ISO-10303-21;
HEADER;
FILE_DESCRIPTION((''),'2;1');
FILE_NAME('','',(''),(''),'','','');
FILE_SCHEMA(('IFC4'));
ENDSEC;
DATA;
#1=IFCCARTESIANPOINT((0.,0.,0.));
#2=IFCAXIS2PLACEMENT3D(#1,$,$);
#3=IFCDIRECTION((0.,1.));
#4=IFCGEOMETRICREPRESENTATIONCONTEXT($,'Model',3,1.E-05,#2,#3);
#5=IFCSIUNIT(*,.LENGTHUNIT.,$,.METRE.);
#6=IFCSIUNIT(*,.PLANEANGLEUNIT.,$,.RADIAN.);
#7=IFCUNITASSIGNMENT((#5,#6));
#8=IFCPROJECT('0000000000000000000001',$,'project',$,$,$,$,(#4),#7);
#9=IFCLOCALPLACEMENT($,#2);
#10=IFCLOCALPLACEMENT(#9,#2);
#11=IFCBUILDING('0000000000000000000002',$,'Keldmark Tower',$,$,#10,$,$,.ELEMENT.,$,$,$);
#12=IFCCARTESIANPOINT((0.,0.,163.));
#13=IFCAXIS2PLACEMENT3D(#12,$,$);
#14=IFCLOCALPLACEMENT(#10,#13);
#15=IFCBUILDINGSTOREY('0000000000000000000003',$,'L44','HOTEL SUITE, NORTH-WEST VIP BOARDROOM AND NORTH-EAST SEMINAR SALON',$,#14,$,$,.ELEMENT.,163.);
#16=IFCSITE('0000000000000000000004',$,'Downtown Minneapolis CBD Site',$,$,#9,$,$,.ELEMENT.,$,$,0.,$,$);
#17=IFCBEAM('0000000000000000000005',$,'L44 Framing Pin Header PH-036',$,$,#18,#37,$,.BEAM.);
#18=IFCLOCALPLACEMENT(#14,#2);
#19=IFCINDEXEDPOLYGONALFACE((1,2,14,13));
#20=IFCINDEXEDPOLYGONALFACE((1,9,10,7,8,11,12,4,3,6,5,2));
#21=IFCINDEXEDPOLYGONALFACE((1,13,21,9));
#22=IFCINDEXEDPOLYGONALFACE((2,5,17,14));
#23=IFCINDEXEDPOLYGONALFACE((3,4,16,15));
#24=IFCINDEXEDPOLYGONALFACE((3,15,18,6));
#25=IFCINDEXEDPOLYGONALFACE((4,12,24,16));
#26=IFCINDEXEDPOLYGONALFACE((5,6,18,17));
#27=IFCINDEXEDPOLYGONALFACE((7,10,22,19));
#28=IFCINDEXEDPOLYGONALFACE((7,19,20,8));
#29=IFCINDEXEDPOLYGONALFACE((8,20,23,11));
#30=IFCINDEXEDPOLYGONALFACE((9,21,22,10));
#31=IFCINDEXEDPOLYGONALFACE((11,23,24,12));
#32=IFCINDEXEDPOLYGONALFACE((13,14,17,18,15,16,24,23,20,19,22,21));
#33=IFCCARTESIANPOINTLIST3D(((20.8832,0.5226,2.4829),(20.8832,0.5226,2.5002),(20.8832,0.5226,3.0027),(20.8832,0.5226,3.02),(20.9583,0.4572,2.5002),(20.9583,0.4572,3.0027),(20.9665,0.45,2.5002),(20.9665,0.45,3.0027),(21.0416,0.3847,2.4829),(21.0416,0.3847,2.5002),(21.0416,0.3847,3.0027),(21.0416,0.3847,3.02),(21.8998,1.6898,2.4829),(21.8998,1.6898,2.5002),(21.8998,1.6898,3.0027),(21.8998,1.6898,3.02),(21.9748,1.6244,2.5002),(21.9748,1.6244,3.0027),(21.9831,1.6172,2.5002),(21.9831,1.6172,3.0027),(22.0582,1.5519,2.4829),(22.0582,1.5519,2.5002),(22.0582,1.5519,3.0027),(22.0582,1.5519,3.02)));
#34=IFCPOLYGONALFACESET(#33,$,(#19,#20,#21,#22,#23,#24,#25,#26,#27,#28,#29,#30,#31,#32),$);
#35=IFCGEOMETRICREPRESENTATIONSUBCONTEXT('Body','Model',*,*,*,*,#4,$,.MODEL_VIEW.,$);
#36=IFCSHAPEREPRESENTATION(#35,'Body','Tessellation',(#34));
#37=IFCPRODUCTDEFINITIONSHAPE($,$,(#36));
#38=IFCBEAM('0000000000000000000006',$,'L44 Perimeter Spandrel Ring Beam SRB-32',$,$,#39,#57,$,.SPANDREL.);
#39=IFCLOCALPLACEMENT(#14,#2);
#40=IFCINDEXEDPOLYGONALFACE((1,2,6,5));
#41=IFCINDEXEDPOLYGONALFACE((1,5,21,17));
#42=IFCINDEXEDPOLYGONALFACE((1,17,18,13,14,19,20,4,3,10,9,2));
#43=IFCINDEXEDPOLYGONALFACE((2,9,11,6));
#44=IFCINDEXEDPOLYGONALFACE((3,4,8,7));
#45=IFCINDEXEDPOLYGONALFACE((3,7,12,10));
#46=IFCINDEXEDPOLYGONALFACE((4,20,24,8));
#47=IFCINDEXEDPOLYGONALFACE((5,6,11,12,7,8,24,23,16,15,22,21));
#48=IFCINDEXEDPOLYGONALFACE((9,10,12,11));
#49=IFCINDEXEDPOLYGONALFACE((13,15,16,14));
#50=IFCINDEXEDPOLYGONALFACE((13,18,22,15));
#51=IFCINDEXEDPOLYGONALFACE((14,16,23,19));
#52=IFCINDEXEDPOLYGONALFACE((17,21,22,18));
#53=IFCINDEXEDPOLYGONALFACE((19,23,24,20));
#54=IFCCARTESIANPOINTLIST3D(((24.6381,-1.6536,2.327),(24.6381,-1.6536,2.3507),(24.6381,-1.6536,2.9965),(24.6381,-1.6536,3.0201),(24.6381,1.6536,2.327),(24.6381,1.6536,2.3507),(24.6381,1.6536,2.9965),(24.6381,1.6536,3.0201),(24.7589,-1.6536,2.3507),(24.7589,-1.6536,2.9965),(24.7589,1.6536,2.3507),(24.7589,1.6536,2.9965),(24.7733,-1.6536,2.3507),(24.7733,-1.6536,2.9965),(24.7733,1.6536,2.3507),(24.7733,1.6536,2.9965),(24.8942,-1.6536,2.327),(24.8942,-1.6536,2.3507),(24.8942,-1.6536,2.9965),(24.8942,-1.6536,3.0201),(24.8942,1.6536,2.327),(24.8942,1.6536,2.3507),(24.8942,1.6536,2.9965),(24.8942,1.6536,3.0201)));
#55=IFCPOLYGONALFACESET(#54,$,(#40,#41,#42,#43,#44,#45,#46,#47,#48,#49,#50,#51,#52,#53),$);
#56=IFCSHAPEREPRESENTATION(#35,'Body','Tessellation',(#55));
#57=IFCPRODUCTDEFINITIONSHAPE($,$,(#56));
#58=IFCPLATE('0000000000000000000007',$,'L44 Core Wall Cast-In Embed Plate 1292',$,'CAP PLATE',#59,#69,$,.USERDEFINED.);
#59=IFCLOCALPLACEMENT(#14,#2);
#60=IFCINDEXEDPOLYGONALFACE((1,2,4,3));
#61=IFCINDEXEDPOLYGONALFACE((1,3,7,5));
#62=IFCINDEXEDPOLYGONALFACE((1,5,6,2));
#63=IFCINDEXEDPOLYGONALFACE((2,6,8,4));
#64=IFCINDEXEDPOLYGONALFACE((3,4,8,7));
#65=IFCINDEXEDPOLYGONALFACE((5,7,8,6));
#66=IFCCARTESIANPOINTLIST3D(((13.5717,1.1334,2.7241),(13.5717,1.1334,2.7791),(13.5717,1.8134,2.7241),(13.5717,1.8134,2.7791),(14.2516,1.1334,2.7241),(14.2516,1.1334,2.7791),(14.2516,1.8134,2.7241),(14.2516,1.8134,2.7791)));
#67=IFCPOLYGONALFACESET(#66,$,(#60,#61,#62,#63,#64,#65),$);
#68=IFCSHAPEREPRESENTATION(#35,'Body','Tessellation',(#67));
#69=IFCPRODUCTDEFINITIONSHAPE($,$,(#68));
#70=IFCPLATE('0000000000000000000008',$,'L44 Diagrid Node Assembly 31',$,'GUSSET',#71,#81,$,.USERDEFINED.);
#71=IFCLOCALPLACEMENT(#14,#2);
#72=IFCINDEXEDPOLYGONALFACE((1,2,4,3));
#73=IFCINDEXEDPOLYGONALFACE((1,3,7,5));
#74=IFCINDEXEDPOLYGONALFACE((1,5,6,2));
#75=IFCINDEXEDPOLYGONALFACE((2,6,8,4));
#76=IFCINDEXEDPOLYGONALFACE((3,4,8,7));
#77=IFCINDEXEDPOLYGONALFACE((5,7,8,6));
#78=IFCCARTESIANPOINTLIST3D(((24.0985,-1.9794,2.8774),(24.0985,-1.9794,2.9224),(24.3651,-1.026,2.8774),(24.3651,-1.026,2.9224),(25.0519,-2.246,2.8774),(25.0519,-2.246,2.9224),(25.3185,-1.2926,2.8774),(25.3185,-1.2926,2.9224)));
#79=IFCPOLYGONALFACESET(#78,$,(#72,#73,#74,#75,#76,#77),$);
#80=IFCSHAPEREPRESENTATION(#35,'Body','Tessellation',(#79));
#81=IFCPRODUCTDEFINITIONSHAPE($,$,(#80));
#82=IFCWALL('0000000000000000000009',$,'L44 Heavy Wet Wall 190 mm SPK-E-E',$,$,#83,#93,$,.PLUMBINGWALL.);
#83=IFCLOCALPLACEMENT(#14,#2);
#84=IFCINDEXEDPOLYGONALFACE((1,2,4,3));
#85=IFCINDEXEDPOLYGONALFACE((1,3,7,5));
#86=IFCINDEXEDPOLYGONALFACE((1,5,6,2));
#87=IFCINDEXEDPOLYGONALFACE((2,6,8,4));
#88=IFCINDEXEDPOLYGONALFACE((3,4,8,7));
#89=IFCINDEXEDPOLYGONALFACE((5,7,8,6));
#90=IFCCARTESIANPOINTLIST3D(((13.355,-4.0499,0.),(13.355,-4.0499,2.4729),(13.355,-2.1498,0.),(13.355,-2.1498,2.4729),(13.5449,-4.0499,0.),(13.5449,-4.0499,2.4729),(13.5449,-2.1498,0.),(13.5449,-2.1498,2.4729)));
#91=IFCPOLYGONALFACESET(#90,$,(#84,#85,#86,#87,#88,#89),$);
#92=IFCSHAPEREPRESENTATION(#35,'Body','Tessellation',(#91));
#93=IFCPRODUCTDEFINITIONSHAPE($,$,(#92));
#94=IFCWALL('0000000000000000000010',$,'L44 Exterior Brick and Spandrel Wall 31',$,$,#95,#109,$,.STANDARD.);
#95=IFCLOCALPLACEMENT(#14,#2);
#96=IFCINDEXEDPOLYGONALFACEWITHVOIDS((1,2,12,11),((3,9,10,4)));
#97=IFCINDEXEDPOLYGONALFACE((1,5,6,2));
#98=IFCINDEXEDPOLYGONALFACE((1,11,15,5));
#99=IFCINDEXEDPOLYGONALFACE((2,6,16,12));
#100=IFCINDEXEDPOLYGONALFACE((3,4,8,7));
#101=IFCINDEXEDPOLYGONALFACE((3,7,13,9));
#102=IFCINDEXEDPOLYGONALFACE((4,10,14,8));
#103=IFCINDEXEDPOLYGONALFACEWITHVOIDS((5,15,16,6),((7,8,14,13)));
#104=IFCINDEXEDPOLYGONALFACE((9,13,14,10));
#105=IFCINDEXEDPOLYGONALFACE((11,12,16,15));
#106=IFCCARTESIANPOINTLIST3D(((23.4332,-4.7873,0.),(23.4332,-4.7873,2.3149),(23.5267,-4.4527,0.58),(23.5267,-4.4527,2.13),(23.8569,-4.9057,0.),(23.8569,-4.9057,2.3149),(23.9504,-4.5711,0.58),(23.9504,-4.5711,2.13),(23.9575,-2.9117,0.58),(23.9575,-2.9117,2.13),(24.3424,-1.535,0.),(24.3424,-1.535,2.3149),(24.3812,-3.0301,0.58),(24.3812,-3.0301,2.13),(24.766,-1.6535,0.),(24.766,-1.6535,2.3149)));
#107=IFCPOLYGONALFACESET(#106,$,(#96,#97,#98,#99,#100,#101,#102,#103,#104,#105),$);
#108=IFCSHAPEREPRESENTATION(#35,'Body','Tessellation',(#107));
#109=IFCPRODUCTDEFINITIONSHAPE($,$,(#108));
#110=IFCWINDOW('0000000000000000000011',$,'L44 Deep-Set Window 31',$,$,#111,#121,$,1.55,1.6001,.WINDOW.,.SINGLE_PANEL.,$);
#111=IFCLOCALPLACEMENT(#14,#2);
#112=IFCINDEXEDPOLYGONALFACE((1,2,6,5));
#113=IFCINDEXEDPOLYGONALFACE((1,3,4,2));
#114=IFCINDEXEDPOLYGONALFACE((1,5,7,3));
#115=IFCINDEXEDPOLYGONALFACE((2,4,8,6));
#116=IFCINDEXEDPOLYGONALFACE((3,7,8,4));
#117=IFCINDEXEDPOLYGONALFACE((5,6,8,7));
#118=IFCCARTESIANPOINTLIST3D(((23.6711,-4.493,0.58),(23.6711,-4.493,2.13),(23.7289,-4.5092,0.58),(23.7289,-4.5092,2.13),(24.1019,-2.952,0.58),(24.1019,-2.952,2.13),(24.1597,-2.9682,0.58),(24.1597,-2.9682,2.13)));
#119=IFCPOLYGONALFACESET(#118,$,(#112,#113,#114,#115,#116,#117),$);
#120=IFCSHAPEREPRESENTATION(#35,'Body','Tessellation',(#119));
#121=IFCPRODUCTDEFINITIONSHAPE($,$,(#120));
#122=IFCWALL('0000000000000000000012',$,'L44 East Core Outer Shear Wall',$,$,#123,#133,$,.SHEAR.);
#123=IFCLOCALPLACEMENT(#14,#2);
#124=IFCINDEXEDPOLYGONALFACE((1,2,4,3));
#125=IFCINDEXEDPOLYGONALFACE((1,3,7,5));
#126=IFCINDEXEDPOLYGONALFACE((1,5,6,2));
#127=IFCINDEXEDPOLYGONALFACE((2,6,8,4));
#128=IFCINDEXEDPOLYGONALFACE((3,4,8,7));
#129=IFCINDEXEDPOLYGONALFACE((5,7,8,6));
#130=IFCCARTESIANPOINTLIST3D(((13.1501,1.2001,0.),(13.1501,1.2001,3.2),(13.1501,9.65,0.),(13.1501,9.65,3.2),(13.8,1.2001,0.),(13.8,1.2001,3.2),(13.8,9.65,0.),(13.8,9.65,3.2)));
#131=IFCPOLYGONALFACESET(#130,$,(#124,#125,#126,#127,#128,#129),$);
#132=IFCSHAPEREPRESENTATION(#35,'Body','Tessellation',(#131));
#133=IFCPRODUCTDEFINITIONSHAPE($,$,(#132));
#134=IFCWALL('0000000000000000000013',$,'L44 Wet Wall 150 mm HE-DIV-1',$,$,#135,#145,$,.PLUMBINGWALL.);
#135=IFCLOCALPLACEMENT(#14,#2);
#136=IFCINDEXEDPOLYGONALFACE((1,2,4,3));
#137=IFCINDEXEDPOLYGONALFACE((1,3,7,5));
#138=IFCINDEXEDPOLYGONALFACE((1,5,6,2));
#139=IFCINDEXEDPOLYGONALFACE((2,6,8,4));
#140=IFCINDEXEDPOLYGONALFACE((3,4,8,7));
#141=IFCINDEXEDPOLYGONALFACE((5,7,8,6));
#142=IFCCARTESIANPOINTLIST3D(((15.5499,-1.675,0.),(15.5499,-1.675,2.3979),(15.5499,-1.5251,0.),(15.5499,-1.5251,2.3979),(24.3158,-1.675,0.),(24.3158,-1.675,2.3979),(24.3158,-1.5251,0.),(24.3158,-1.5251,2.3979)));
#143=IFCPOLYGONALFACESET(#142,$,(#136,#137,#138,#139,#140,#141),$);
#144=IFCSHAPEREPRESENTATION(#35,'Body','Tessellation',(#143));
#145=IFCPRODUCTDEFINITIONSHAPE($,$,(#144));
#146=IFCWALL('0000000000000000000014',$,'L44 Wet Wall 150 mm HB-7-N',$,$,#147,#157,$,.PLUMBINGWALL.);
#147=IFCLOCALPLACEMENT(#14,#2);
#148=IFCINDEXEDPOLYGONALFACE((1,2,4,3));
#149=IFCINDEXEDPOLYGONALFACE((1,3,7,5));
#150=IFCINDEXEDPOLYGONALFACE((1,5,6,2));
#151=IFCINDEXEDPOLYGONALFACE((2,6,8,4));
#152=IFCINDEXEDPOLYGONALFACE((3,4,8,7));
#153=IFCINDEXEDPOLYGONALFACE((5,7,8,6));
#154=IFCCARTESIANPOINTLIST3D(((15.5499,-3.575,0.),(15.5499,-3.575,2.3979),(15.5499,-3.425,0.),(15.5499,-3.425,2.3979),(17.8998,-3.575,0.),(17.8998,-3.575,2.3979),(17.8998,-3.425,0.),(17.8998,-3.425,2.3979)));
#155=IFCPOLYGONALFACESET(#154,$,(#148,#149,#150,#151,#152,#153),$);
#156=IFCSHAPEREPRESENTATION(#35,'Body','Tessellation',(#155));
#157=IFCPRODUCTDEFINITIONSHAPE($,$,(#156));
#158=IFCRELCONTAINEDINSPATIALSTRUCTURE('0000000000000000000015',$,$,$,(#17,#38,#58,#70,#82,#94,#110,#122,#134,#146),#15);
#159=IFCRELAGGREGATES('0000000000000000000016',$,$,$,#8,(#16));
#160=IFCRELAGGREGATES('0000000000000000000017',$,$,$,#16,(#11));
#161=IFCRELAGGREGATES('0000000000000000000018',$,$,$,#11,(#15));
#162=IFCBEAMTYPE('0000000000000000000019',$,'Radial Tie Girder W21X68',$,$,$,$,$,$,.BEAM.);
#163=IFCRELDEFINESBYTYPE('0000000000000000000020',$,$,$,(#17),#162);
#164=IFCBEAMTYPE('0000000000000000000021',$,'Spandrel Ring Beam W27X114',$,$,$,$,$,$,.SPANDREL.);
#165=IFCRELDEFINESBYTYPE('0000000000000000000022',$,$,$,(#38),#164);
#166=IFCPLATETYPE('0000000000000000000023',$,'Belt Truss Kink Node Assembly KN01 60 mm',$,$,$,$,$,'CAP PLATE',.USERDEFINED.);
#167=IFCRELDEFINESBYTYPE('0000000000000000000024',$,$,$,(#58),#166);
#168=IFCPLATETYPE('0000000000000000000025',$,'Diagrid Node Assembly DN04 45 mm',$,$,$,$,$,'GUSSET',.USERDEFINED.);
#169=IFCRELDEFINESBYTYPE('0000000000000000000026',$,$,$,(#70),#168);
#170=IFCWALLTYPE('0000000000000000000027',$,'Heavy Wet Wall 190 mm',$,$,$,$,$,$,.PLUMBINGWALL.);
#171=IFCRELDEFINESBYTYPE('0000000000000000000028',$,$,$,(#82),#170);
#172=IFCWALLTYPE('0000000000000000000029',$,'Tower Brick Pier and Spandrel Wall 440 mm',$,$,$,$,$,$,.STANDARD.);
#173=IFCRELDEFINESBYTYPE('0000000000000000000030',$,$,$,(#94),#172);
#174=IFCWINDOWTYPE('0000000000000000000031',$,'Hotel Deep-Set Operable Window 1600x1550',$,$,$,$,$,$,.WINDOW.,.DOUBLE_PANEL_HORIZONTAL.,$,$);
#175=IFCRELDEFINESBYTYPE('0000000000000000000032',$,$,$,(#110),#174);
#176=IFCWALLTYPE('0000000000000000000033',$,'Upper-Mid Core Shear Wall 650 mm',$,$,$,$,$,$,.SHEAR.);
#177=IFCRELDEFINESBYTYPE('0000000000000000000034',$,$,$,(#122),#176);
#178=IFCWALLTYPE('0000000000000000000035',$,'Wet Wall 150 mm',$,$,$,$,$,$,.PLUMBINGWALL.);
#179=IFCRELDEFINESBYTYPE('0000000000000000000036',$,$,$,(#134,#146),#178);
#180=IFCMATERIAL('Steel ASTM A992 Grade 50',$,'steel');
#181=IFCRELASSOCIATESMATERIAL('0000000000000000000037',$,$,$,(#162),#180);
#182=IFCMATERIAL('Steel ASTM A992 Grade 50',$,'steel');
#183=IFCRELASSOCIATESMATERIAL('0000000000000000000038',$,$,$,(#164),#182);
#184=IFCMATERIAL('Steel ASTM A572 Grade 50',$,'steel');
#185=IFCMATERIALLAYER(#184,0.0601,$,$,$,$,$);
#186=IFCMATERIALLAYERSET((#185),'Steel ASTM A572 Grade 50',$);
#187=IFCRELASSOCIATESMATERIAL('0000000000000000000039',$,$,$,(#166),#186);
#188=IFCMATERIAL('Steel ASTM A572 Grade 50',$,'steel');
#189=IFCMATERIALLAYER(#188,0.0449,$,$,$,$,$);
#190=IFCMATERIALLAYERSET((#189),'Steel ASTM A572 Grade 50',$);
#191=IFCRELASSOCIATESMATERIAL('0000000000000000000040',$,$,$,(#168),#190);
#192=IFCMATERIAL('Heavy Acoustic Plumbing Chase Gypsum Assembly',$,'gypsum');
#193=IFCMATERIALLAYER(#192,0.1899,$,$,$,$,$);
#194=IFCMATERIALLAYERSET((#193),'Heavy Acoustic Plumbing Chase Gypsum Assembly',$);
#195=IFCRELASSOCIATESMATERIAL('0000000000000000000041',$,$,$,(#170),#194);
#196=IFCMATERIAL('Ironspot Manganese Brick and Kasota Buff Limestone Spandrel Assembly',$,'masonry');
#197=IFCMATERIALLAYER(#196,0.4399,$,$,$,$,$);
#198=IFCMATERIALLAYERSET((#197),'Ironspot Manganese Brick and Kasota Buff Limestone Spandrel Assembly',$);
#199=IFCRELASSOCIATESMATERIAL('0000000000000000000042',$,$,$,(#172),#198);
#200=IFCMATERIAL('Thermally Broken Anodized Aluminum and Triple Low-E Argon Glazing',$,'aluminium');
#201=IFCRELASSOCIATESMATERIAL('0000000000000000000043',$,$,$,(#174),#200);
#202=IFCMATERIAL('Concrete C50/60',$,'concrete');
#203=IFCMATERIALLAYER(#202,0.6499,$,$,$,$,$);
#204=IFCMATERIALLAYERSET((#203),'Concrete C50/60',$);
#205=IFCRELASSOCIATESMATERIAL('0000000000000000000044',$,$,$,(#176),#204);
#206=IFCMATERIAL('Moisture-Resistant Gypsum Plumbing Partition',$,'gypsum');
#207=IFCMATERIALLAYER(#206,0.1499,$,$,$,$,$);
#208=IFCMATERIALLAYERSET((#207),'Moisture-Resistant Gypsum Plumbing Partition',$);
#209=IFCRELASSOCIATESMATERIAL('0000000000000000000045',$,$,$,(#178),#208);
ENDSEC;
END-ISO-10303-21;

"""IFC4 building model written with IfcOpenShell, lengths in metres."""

from ifc_helpers import new_model, si_unit, direction, frame, frame_2d, origin, origin_2d, place, context, subcontext, project, spatial, rectangle, i_section, extrude, material, layer, layer_set, material_profile, profile_set, type_object, element, fill, save


model = new_model("IFC4")

# Units and contexts
model_context = context("Model", 3, precision=1e-05, world=origin(), true_north=direction((0.0, 1.0)))
body_context = subcontext(model_context, "Body", "Model", "MODEL_VIEW")
ifc_project = project(units=[si_unit("LENGTHUNIT", "METRE"), si_unit("PLANEANGLEUNIT", "RADIAN")], contexts=[model_context])

# Site, building, storey
site_placement = place(None, origin())
site = spatial("IfcSite", under=ifc_project, at=site_placement, Name="Downtown Minneapolis CBD Site", CompositionType="ELEMENT", RefElevation=0.0)
building_placement = place(site_placement, origin())
building = spatial("IfcBuilding", under=site, at=building_placement, Name="Keldmark Tower", CompositionType="ELEMENT")
storey_placement = place(building_placement, frame((0.0, 0.0, 163.0)))
storey = spatial("IfcBuildingStorey", under=building, at=storey_placement, Name="L44", Description="HOTEL SUITE, NORTH-WEST VIP BOARDROOM AND NORTH-EAST SEMINAR SALON", CompositionType="ELEMENT", Elevation=163.0)

# Beams
ifc_material_1 = material(Name="Steel ASTM A992 Grade 50", Category="steel")
ifc_material_profile_1 = material_profile(ifc_material_1, i_section(OverallWidth=0.21, OverallDepth=0.5371, WebThickness=0.011, FlangeThickness=0.0173, at=origin_2d()), Name="W21X68")
ifc_profile_set_1 = profile_set([ifc_material_profile_1], Name="Steel ASTM A992 Grade 50")
beam_type_1 = type_object("IfcBeamType", Name="Radial Tie Girder W21X68", PredefinedType="BEAM", material=ifc_profile_set_1)
beam_1_placement = place(storey_placement, frame((20.9624, 0.4536, 2.7515), z_axis=(0.656772, 0.754089, 0.0), x_axis=(-0.754089, 0.656772, 0.0)))
element("IfcBeam", 1, at=beam_1_placement, inside=storey, type_object=beam_type_1, Name="L44 Framing Pin Header PH-036", PredefinedType="BEAM", context=body_context, shape_type="SweptSolid", body=[
    extrude(i_section(OverallWidth=0.21, OverallDepth=0.5371, WebThickness=0.011, FlangeThickness=0.0173, at=origin_2d()), origin(), (0.0, 0.0, 1.0), 1.5479),
])
ifc_material_2 = material(Name="Steel ASTM A992 Grade 50", Category="steel")
ifc_material_profile_2 = material_profile(ifc_material_2, i_section(OverallWidth=0.2561, OverallDepth=0.6931, WebThickness=0.0144, FlangeThickness=0.0237, at=origin_2d()), Name="W27X114")
ifc_profile_set_2 = profile_set([ifc_material_profile_2], Name="Steel ASTM A992 Grade 50")
beam_type_2 = type_object("IfcBeamType", Name="Spandrel Ring Beam W27X114", PredefinedType="SPANDREL", material=ifc_profile_set_2)
beam_2_placement = place(storey_placement, frame((24.7661, -1.6536, 2.6736), z_axis=(0.0, 1.0, 0.0), x_axis=(-1.0, 0.0, 0.0)))
element("IfcBeam", 2, at=beam_2_placement, inside=storey, type_object=beam_type_2, Name="L44 Perimeter Spandrel Ring Beam SRB-32", PredefinedType="SPANDREL", context=body_context, shape_type="SweptSolid", body=[
    extrude(i_section(OverallWidth=0.2561, OverallDepth=0.6931, WebThickness=0.0144, FlangeThickness=0.0237, at=origin_2d()), origin(), (0.0, 0.0, 1.0), 3.3071),
])

# Plates
ifc_material_3 = material(Name="Steel ASTM A572 Grade 50", Category="steel")
ifc_layer_1 = layer(ifc_material_3, 0.0601)
ifc_layer_set_1 = layer_set([ifc_layer_1], Name="Steel ASTM A572 Grade 50")
plate_type_1 = type_object("IfcPlateType", Name="Belt Truss Kink Node Assembly KN01 60 mm", ElementType="CAP PLATE", PredefinedType="USERDEFINED", material=ifc_layer_set_1)
plate_1_placement = place(storey_placement, frame((13.9116, 1.4734, 2.7241), z_axis=(0.0, 0.0, 1.0), x_axis=(1.0, 0.0, 0.0)))
element("IfcPlate", 3, at=plate_1_placement, inside=storey, type_object=plate_type_1, Name="L44 Core Wall Cast-In Embed Plate 1292", ObjectType="CAP PLATE", PredefinedType="USERDEFINED", context=body_context, shape_type="SweptSolid", body=[
    extrude(rectangle(XDim=0.6799, YDim=0.6799, at=origin_2d()), origin(), (0.0, 0.0, 1.0), 0.0549),
])
ifc_material_4 = material(Name="Steel ASTM A572 Grade 50", Category="steel")
ifc_layer_2 = layer(ifc_material_4, 0.0449)
ifc_layer_set_2 = layer_set([ifc_layer_2], Name="Steel ASTM A572 Grade 50")
plate_type_2 = type_object("IfcPlateType", Name="Diagrid Node Assembly DN04 45 mm", ElementType="GUSSET", PredefinedType="USERDEFINED", material=ifc_layer_set_2)
plate_2_placement = place(storey_placement, frame((24.7085, -1.636, 2.8774), z_axis=(0.0, 0.0, 1.0), x_axis=(0.269256, 0.963069, 0.0)))
element("IfcPlate", 4, at=plate_2_placement, inside=storey, type_object=plate_type_2, Name="L44 Diagrid Node Assembly 31", ObjectType="GUSSET", PredefinedType="USERDEFINED", context=body_context, shape_type="SweptSolid", body=[
    extrude(rectangle(XDim=0.99, YDim=0.99, at=origin_2d()), origin(), (0.0, 0.0, 1.0), 0.0449),
])

# Wall
ifc_material_5 = material(Name="Heavy Acoustic Plumbing Chase Gypsum Assembly", Category="gypsum")
ifc_layer_3 = layer(ifc_material_5, 0.1899)
ifc_layer_set_3 = layer_set([ifc_layer_3], Name="Heavy Acoustic Plumbing Chase Gypsum Assembly")
wall_type_1 = type_object("IfcWallType", Name="Heavy Wet Wall 190 mm", PredefinedType="PLUMBINGWALL", material=ifc_layer_set_3)
wall_1_placement = place(storey_placement, frame((13.45, -4.05, 0.0), z_axis=(0.0, 0.0, 1.0), x_axis=(0.0, 1.0, 0.0)))
element("IfcWall", 5, at=wall_1_placement, inside=storey, type_object=wall_type_1, Name="L44 Heavy Wet Wall 190 mm SPK-E-E", PredefinedType="PLUMBINGWALL", context=body_context, shape_type="SweptSolid", body=[
    extrude(rectangle(XDim=1.9001, YDim=0.1899, at=frame_2d((0.9502, 0.0))), origin(), (0.0, 0.0, 1.0), 2.4729),
])

# Wall, opening, window
ifc_material_6 = material(Name="Ironspot Manganese Brick and Kasota Buff Limestone Spandrel Assembly", Category="masonry")
ifc_layer_4 = layer(ifc_material_6, 0.4399)
ifc_layer_set_4 = layer_set([ifc_layer_4], Name="Ironspot Manganese Brick and Kasota Buff Limestone Spandrel Assembly")
wall_type_2 = type_object("IfcWallType", Name="Tower Brick Pier and Spandrel Wall 440 mm", PredefinedType="STANDARD", material=ifc_layer_set_4)
wall_2_placement = place(storey_placement, frame((24.5542, -1.5942, 0.0), z_axis=(0.0, 0.0, 1.0), x_axis=(-0.269236, -0.963074, 0.0)))
wall_2 = element("IfcWall", 6, at=wall_2_placement, inside=storey, type_object=wall_type_2, Name="L44 Exterior Brick and Spandrel Wall 31", PredefinedType="STANDARD", context=body_context, shape_type="SweptSolid", body=[
    extrude(rectangle(XDim=3.377, YDim=0.4399, at=frame_2d((1.6885, 0.0))), origin(), (0.0, 0.0, 1.0), 2.3149),
])
opening_1_placement = place(wall_2_placement, frame((1.4294, 0.0, 0.5801)))
opening_1 = element("IfcOpeningElement", 7, at=opening_1_placement, cuts=wall_2, PredefinedType="OPENING", context=body_context, shape_type="SweptSolid", body=[
    extrude(rectangle(XDim=1.6001, YDim=1.55, at=frame_2d((0.8, 0.7749))), frame((0.0, 0.23, 0.0), z_axis=(0.0, -1.0, 0.0), x_axis=(1.0, 0.0, 0.0)), (0.0, 0.0, 1.0), 0.46),
])
ifc_material_7 = material(Name="Thermally Broken Anodized Aluminum and Triple Low-E Argon Glazing", Category="aluminium")
window_type = type_object("IfcWindowType", Name="Hotel Deep-Set Operable Window 1600x1550", PartitioningType="DOUBLE_PANEL_HORIZONTAL", PredefinedType="WINDOW", material=ifc_material_7)
window_placement = place(opening_1_placement, origin())
window = element("IfcWindow", 8, at=window_placement, inside=storey, type_object=window_type, Name="L44 Deep-Set Window 31", OverallHeight=1.55, OverallWidth=1.6001, PartitioningType="SINGLE_PANEL", PredefinedType="WINDOW", context=body_context, shape_type="SweptSolid", body=[
    extrude(rectangle(XDim=1.6001, YDim=1.55, at=frame_2d((0.8, 0.7749))), frame((0.0, -0.01, 0.0), z_axis=(0.0, -1.0, 0.0), x_axis=(1.0, 0.0, 0.0)), (0.0, 0.0, 1.0), 0.0601),
])
fill(opening_1, window)

# Walls
ifc_material_8 = material(Name="Concrete C50/60", Category="concrete")
ifc_layer_5 = layer(ifc_material_8, 0.6499)
ifc_layer_set_5 = layer_set([ifc_layer_5], Name="Concrete C50/60")
wall_type_3 = type_object("IfcWallType", Name="Upper-Mid Core Shear Wall 650 mm", PredefinedType="SHEAR", material=ifc_layer_set_5)
wall_3_placement = place(storey_placement, frame((13.4751, 1.2, 0.0), z_axis=(0.0, 0.0, 1.0), x_axis=(0.0, 1.0, 0.0)))
element("IfcWall", 9, at=wall_3_placement, inside=storey, type_object=wall_type_3, Name="L44 East Core Outer Shear Wall", PredefinedType="SHEAR", context=body_context, shape_type="SweptSolid", body=[
    extrude(rectangle(XDim=8.45, YDim=0.6499, at=frame_2d((4.2251, 0.0))), origin(), (0.0, 0.0, 1.0), 3.2),
])
ifc_material_9 = material(Name="Moisture-Resistant Gypsum Plumbing Partition", Category="gypsum")
ifc_layer_6 = layer(ifc_material_9, 0.1499)
ifc_layer_set_6 = layer_set([ifc_layer_6], Name="Moisture-Resistant Gypsum Plumbing Partition")
wall_type_4 = type_object("IfcWallType", Name="Wet Wall 150 mm", PredefinedType="PLUMBINGWALL", material=ifc_layer_set_6)
wall_4_placement = place(storey_placement, frame((15.55, -1.6001, 0.0), z_axis=(0.0, 0.0, 1.0), x_axis=(1.0, 0.0, 0.0)))
element("IfcWall", 10, at=wall_4_placement, inside=storey, type_object=wall_type_4, Name="L44 Wet Wall 150 mm HE-DIV-1", PredefinedType="PLUMBINGWALL", context=body_context, shape_type="SweptSolid", body=[
    extrude(rectangle(XDim=8.7659, YDim=0.1499, at=frame_2d((4.3828, 0.0))), origin(), (0.0, 0.0, 1.0), 2.3979),
])
wall_5_placement = place(storey_placement, frame((15.55, -3.5, 0.0), z_axis=(0.0, 0.0, 1.0), x_axis=(1.0, 0.0, 0.0)))
element("IfcWall", 11, at=wall_5_placement, inside=storey, type_object=wall_type_4, Name="L44 Wet Wall 150 mm HB-7-N", PredefinedType="PLUMBINGWALL", context=body_context, shape_type="SweptSolid", body=[
    extrude(rectangle(XDim=2.3499, YDim=0.1499, at=frame_2d((1.1748, 0.0))), origin(), (0.0, 0.0, 1.0), 2.3979),
])

save(model, "model.ifc")
